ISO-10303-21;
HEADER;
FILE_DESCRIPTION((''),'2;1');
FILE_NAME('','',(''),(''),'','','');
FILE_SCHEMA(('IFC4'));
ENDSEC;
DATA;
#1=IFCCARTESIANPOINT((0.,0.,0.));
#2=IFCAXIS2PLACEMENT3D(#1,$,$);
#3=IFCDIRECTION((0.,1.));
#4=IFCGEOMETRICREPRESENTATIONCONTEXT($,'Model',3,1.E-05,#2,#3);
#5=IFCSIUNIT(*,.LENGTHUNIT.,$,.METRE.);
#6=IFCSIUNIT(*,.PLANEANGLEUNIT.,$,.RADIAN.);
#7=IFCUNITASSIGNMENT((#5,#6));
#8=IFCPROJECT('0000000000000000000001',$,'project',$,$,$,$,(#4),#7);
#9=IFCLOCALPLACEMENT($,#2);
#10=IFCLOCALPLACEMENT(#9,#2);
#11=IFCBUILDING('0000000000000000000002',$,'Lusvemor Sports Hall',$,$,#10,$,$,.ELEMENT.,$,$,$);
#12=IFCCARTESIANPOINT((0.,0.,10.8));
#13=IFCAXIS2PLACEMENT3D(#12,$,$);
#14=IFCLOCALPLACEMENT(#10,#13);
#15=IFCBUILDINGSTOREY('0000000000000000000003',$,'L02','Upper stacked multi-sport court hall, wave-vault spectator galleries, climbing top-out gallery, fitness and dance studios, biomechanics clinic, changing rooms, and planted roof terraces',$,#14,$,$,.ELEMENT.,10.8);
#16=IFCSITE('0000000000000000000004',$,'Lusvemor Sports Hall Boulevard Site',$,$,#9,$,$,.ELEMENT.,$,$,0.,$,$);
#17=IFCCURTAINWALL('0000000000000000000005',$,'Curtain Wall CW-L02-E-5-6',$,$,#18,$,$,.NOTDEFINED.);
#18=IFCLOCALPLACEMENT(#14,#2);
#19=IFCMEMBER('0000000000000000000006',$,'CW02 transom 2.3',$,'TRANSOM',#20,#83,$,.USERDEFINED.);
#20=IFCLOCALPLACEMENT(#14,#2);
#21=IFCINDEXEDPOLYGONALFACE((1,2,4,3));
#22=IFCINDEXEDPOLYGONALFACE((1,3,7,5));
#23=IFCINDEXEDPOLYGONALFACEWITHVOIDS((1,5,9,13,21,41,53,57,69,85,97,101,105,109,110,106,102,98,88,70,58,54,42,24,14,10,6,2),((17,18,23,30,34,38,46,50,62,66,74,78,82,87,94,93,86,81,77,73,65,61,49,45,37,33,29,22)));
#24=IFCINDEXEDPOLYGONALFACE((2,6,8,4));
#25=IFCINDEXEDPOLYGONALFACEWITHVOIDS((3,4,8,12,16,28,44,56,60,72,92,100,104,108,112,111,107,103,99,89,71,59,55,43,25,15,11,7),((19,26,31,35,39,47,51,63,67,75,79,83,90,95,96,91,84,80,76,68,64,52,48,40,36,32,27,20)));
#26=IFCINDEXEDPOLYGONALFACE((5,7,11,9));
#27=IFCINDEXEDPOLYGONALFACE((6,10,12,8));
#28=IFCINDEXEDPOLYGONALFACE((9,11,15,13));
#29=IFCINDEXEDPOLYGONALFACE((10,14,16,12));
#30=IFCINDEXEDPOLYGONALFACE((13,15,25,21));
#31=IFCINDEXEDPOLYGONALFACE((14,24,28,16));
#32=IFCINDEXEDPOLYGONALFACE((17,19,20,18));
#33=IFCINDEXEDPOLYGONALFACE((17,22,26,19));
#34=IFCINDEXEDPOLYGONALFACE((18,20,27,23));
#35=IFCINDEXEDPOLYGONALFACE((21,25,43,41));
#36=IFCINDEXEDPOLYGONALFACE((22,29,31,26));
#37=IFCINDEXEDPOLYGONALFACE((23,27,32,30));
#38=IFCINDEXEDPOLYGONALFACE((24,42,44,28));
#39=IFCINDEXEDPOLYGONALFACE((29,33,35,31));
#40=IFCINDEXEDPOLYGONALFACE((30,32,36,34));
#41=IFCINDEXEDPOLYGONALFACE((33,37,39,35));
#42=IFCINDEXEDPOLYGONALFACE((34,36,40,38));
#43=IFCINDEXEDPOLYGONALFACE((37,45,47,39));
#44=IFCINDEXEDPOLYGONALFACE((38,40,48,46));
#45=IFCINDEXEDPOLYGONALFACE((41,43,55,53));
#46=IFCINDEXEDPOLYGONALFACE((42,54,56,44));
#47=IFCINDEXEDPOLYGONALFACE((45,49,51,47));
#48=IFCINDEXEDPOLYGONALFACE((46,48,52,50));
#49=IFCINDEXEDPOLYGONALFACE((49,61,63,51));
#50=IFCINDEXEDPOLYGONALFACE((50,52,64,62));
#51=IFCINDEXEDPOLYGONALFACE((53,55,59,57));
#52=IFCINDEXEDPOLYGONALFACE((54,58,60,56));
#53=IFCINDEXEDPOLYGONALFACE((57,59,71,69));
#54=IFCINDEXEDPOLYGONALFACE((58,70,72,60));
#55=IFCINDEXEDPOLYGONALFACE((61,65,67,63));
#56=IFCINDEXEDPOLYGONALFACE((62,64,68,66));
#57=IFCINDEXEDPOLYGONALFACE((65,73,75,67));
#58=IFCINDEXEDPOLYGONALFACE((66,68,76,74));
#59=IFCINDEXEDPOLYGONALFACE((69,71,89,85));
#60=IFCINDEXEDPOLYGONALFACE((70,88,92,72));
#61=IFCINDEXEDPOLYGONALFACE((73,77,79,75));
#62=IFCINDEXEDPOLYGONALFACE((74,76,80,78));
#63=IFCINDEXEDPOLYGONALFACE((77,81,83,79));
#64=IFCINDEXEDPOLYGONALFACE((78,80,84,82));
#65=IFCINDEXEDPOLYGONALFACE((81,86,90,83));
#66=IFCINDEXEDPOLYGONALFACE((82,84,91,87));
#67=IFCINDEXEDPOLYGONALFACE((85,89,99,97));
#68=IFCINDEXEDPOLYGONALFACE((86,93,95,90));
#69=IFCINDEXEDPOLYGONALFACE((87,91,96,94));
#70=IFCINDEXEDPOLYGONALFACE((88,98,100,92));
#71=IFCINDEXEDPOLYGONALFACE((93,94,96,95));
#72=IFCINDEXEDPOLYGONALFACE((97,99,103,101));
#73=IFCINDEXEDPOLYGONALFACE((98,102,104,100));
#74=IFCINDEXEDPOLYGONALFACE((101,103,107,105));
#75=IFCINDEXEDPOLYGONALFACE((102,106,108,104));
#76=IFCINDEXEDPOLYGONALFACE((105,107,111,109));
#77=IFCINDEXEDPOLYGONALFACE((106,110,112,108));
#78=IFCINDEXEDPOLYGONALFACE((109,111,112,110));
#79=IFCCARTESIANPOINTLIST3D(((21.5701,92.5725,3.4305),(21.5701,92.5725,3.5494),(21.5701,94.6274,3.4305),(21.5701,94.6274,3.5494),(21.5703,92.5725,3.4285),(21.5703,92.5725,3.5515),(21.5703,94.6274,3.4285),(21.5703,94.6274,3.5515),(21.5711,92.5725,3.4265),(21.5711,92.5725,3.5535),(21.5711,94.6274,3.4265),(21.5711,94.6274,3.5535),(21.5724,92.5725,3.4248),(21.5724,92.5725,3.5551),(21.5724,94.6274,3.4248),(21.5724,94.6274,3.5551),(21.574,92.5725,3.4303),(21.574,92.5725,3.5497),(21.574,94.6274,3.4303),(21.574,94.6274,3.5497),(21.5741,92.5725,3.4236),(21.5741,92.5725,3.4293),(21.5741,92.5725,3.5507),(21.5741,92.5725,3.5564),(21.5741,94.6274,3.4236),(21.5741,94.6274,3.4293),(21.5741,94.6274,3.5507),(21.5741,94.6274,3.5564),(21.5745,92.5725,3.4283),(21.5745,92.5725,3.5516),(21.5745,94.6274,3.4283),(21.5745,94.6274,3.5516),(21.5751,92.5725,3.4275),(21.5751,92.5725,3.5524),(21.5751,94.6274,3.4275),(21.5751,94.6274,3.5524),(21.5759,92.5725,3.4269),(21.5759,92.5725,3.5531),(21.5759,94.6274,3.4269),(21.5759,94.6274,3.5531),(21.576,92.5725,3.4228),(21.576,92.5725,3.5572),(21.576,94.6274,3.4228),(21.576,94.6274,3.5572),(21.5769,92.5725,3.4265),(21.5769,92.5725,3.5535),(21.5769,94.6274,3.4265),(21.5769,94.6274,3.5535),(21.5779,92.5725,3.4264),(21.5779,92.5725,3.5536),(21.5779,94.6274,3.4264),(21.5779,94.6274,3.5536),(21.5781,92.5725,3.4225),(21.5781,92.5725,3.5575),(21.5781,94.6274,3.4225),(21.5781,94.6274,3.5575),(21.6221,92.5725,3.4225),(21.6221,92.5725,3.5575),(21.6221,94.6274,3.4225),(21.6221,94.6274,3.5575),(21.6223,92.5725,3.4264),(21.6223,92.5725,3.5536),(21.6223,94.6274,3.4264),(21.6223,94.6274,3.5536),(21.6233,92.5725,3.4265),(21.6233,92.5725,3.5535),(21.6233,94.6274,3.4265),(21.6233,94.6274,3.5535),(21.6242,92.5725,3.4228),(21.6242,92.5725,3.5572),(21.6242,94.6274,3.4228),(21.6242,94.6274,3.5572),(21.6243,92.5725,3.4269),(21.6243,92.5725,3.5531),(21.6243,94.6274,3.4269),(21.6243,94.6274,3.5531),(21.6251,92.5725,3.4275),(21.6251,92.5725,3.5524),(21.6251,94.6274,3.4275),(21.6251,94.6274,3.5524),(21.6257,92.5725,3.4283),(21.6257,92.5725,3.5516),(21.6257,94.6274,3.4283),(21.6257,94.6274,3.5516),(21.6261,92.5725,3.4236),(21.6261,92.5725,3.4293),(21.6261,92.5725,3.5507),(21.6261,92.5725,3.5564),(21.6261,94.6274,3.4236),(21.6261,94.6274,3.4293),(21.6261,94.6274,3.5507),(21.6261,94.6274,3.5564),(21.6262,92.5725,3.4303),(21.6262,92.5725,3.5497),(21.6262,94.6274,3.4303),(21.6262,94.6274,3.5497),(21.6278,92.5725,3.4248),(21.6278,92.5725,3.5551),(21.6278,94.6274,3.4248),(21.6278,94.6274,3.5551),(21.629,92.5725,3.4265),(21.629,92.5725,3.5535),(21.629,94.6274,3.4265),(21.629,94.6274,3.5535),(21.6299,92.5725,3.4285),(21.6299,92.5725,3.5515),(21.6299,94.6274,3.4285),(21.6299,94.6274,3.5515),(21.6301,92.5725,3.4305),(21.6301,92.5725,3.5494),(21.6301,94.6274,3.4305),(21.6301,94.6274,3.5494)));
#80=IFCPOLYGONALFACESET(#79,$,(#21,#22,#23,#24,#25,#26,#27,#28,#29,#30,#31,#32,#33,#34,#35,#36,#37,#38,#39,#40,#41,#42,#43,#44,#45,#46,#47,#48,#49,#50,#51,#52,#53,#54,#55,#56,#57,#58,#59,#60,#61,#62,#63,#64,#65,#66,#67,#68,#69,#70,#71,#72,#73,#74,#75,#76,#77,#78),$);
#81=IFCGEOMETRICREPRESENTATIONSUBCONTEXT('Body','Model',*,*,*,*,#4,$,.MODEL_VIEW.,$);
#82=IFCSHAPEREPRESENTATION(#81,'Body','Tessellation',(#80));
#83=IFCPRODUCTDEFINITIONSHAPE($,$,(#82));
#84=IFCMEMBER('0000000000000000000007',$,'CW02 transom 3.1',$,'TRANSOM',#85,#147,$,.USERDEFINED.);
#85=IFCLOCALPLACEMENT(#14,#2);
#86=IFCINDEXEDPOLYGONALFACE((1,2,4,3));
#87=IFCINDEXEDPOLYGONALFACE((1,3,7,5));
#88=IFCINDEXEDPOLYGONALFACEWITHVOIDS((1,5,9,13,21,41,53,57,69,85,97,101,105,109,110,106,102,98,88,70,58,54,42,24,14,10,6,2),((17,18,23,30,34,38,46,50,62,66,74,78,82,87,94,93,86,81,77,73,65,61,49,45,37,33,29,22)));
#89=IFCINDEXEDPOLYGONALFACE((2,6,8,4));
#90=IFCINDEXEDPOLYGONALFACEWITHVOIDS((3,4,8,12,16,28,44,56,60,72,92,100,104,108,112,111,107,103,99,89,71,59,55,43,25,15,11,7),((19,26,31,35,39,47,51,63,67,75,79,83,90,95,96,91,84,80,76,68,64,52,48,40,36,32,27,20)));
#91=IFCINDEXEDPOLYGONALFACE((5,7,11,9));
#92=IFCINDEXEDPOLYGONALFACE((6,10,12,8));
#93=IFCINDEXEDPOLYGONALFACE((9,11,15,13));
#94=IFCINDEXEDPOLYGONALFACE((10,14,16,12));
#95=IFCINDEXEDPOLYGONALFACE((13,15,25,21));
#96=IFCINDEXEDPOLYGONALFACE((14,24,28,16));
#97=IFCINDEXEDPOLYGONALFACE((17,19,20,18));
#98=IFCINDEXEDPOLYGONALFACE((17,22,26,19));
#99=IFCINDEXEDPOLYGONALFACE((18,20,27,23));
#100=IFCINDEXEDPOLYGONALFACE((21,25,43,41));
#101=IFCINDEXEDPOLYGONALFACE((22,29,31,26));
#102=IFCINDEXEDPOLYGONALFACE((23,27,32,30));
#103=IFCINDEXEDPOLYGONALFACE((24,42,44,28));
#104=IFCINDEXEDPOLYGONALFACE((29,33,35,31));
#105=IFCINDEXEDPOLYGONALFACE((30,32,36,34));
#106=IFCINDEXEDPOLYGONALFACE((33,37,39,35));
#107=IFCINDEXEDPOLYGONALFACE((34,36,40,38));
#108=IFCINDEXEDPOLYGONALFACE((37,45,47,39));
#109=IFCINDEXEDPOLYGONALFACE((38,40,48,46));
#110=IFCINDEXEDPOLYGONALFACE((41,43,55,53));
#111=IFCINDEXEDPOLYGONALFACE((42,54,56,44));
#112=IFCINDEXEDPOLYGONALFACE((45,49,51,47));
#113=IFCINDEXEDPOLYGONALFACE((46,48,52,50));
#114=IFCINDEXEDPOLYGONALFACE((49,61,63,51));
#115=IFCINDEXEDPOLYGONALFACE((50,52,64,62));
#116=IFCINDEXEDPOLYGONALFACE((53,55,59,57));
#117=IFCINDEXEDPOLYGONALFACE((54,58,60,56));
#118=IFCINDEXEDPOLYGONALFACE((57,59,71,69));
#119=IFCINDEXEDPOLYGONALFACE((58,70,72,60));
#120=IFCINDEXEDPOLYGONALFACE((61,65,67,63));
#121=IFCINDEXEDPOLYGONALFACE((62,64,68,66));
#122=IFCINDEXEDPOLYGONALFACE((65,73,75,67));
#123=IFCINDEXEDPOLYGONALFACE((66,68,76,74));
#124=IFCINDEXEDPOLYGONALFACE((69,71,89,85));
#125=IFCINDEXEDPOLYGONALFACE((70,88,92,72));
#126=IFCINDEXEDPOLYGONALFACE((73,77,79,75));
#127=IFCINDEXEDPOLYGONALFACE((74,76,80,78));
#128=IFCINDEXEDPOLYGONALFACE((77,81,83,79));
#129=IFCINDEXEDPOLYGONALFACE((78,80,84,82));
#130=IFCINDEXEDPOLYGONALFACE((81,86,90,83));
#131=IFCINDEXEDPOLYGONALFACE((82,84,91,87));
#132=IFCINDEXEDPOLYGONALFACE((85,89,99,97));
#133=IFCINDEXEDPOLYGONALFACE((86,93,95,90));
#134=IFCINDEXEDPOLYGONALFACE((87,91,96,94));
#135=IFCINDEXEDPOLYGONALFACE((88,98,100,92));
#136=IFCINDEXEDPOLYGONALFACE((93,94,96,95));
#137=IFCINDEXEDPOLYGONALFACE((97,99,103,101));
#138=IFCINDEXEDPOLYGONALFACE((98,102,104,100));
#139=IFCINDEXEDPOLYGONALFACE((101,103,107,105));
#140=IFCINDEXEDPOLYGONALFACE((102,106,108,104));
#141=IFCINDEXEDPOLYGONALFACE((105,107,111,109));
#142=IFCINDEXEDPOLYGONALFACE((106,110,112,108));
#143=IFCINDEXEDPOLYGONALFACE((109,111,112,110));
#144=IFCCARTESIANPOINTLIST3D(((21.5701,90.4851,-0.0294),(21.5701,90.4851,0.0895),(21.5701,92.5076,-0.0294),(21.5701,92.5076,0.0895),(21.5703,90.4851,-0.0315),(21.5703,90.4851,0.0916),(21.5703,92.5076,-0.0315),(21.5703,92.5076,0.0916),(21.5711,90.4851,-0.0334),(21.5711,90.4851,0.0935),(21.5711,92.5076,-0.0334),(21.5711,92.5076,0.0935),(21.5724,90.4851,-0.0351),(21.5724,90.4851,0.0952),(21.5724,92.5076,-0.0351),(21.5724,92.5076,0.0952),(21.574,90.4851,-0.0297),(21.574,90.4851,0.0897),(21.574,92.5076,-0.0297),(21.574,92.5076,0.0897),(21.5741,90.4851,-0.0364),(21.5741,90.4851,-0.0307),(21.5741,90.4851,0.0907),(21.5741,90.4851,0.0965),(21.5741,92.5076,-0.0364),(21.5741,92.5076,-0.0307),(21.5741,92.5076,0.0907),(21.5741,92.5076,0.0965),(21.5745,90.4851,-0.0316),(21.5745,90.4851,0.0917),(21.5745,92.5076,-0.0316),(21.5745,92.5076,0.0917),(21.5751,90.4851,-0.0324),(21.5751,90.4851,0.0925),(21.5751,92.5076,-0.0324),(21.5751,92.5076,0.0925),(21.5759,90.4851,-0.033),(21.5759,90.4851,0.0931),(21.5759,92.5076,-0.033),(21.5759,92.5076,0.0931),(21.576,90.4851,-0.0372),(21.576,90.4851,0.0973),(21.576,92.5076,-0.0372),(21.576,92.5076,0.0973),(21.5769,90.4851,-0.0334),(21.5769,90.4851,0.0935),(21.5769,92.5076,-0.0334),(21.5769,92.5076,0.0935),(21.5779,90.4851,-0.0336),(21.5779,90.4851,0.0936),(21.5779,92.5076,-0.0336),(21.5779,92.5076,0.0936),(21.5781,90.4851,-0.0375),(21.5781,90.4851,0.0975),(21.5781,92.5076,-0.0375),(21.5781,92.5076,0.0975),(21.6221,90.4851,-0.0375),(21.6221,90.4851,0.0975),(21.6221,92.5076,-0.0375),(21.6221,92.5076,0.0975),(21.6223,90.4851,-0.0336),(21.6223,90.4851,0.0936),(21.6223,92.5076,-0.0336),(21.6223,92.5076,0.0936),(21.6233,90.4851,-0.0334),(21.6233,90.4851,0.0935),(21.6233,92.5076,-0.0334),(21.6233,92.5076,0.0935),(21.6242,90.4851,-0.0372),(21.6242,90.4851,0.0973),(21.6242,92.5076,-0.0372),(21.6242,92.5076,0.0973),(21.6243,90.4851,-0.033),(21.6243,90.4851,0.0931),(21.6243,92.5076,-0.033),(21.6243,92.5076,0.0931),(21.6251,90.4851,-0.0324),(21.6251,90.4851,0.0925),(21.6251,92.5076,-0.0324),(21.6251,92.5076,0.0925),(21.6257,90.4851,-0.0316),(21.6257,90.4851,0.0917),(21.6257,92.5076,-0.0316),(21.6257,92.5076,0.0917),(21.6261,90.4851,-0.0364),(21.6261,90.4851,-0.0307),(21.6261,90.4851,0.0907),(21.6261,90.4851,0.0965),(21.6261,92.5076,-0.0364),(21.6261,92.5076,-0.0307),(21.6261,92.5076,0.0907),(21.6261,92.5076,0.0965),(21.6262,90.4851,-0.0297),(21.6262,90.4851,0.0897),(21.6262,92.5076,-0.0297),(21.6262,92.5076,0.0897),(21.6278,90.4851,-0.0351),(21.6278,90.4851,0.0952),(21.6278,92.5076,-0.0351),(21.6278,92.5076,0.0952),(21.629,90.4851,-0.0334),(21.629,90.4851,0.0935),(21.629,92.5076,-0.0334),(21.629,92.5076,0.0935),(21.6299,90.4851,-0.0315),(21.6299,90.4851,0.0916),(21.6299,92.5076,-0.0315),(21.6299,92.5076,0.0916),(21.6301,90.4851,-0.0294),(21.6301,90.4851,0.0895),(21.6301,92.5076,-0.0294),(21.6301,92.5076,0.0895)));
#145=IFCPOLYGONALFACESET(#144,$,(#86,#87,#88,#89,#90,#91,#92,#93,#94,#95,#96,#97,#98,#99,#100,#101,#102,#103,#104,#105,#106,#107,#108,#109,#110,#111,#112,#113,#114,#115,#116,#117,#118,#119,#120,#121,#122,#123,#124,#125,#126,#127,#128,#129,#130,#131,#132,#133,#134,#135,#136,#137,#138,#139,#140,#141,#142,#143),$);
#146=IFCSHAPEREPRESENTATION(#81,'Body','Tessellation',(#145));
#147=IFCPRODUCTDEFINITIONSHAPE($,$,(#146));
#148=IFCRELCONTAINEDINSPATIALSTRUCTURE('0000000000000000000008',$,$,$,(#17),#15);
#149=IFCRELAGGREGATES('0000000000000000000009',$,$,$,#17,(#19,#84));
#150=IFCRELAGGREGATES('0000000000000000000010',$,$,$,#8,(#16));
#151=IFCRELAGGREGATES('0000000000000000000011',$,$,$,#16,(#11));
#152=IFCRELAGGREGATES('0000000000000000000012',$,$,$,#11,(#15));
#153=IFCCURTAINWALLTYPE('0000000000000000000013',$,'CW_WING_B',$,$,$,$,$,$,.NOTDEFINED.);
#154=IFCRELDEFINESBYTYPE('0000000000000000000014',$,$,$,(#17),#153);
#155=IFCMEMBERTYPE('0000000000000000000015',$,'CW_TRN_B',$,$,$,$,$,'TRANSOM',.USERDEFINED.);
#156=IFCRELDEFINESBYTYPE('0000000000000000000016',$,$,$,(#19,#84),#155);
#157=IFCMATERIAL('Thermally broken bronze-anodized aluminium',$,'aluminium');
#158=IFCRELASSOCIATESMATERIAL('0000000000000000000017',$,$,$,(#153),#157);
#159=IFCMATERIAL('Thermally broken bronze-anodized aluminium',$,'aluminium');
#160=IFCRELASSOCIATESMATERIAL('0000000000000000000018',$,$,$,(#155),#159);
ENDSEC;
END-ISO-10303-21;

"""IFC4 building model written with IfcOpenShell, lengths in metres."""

from ifc_helpers import new_model, si_unit, direction, frame, origin, origin_2d, place, context, subcontext, project, spatial, hollow_rectangle, extrude, material, material_profile, profile_set, type_object, element, aggregate, save


model = new_model("IFC4")

# Units and contexts
model_context = context("Model", 3, precision=1e-05, world=origin(), true_north=direction((0.0, 1.0)))
body_context = subcontext(model_context, "Body", "Model", "MODEL_VIEW")
ifc_project = project(units=[si_unit("LENGTHUNIT", "METRE"), si_unit("PLANEANGLEUNIT", "RADIAN")], contexts=[model_context])

# Site, building, storey
site_placement = place(None, origin())
site = spatial("IfcSite", under=ifc_project, at=site_placement, Name="Lusvemor Sports Hall Boulevard Site", CompositionType="ELEMENT", RefElevation=0.0)
building_placement = place(site_placement, origin())
building = spatial("IfcBuilding", under=site, at=building_placement, Name="Lusvemor Sports Hall", CompositionType="ELEMENT")
storey_placement = place(building_placement, frame((0.0, 0.0, 10.8)))
storey = spatial("IfcBuildingStorey", under=building, at=storey_placement, Name="L02", Description="Upper stacked multi-sport court hall, wave-vault spectator galleries, climbing top-out gallery, fitness and dance studios, biomechanics clinic, changing rooms, and planted roof terraces", CompositionType="ELEMENT", Elevation=10.8)

# Curtain wall, members
ifc_material_1 = material(Name="Thermally broken bronze-anodized aluminium", Category="aluminium")
curtain_wall_type = type_object("IfcCurtainWallType", Name="CW_WING_B", PredefinedType="NOTDEFINED", material=ifc_material_1)
curtain_wall_placement = place(storey_placement, origin())
curtain_wall = element("IfcCurtainWall", 1, at=curtain_wall_placement, inside=storey, type_object=curtain_wall_type, Name="Curtain Wall CW-L02-E-5-6", PredefinedType="NOTDEFINED")
ifc_material_2 = material(Name="Thermally broken bronze-anodized aluminium", Category="aluminium")
ifc_material_profile_1 = material_profile(ifc_material_2, hollow_rectangle(XDim=0.0601, YDim=0.135, WallThickness=0.0039, InnerFilletRadius=0.0039, OuterFilletRadius=0.0081, at=origin_2d()), Name="CWTRN135x60x4")
ifc_profile_set_1 = profile_set([ifc_material_profile_1], Name="Thermally broken bronze-anodized aluminium")
member_type_1 = type_object("IfcMemberType", Name="CW_TRN_B", ElementType="TRANSOM", PredefinedType="USERDEFINED", material=ifc_profile_set_1)
member_1_placement = place(storey_placement, frame((21.6001, 94.6274, 3.49), z_axis=(0.0, -1.0, 0.0), x_axis=(1.0, 0.0, 0.0)))
member_1 = element("IfcMember", 2, at=member_1_placement, type_object=member_type_1, Name="CW02 transom 2.3", ObjectType="TRANSOM", PredefinedType="USERDEFINED", context=body_context, shape_type="SweptSolid", body=[
    extrude(hollow_rectangle(XDim=0.0601, YDim=0.135, WallThickness=0.0039, InnerFilletRadius=0.0039, OuterFilletRadius=0.0081, at=origin_2d()), origin(), (0.0, 0.0, 1.0), 2.0549),
])
member_2_placement = place(storey_placement, frame((21.6001, 92.5076, 0.03), z_axis=(0.0, -1.0, 0.0), x_axis=(1.0, 0.0, 0.0)))
member_2 = element("IfcMember", 3, at=member_2_placement, type_object=member_type_1, Name="CW02 transom 3.1", ObjectType="TRANSOM", PredefinedType="USERDEFINED", context=body_context, shape_type="SweptSolid", body=[
    extrude(hollow_rectangle(XDim=0.0601, YDim=0.135, WallThickness=0.0039, InnerFilletRadius=0.0039, OuterFilletRadius=0.0081, at=origin_2d()), origin(), (0.0, 0.0, 1.0), 2.0225),
])

aggregate(curtain_wall, [member_1, member_2])

save(model, "model.ifc")
